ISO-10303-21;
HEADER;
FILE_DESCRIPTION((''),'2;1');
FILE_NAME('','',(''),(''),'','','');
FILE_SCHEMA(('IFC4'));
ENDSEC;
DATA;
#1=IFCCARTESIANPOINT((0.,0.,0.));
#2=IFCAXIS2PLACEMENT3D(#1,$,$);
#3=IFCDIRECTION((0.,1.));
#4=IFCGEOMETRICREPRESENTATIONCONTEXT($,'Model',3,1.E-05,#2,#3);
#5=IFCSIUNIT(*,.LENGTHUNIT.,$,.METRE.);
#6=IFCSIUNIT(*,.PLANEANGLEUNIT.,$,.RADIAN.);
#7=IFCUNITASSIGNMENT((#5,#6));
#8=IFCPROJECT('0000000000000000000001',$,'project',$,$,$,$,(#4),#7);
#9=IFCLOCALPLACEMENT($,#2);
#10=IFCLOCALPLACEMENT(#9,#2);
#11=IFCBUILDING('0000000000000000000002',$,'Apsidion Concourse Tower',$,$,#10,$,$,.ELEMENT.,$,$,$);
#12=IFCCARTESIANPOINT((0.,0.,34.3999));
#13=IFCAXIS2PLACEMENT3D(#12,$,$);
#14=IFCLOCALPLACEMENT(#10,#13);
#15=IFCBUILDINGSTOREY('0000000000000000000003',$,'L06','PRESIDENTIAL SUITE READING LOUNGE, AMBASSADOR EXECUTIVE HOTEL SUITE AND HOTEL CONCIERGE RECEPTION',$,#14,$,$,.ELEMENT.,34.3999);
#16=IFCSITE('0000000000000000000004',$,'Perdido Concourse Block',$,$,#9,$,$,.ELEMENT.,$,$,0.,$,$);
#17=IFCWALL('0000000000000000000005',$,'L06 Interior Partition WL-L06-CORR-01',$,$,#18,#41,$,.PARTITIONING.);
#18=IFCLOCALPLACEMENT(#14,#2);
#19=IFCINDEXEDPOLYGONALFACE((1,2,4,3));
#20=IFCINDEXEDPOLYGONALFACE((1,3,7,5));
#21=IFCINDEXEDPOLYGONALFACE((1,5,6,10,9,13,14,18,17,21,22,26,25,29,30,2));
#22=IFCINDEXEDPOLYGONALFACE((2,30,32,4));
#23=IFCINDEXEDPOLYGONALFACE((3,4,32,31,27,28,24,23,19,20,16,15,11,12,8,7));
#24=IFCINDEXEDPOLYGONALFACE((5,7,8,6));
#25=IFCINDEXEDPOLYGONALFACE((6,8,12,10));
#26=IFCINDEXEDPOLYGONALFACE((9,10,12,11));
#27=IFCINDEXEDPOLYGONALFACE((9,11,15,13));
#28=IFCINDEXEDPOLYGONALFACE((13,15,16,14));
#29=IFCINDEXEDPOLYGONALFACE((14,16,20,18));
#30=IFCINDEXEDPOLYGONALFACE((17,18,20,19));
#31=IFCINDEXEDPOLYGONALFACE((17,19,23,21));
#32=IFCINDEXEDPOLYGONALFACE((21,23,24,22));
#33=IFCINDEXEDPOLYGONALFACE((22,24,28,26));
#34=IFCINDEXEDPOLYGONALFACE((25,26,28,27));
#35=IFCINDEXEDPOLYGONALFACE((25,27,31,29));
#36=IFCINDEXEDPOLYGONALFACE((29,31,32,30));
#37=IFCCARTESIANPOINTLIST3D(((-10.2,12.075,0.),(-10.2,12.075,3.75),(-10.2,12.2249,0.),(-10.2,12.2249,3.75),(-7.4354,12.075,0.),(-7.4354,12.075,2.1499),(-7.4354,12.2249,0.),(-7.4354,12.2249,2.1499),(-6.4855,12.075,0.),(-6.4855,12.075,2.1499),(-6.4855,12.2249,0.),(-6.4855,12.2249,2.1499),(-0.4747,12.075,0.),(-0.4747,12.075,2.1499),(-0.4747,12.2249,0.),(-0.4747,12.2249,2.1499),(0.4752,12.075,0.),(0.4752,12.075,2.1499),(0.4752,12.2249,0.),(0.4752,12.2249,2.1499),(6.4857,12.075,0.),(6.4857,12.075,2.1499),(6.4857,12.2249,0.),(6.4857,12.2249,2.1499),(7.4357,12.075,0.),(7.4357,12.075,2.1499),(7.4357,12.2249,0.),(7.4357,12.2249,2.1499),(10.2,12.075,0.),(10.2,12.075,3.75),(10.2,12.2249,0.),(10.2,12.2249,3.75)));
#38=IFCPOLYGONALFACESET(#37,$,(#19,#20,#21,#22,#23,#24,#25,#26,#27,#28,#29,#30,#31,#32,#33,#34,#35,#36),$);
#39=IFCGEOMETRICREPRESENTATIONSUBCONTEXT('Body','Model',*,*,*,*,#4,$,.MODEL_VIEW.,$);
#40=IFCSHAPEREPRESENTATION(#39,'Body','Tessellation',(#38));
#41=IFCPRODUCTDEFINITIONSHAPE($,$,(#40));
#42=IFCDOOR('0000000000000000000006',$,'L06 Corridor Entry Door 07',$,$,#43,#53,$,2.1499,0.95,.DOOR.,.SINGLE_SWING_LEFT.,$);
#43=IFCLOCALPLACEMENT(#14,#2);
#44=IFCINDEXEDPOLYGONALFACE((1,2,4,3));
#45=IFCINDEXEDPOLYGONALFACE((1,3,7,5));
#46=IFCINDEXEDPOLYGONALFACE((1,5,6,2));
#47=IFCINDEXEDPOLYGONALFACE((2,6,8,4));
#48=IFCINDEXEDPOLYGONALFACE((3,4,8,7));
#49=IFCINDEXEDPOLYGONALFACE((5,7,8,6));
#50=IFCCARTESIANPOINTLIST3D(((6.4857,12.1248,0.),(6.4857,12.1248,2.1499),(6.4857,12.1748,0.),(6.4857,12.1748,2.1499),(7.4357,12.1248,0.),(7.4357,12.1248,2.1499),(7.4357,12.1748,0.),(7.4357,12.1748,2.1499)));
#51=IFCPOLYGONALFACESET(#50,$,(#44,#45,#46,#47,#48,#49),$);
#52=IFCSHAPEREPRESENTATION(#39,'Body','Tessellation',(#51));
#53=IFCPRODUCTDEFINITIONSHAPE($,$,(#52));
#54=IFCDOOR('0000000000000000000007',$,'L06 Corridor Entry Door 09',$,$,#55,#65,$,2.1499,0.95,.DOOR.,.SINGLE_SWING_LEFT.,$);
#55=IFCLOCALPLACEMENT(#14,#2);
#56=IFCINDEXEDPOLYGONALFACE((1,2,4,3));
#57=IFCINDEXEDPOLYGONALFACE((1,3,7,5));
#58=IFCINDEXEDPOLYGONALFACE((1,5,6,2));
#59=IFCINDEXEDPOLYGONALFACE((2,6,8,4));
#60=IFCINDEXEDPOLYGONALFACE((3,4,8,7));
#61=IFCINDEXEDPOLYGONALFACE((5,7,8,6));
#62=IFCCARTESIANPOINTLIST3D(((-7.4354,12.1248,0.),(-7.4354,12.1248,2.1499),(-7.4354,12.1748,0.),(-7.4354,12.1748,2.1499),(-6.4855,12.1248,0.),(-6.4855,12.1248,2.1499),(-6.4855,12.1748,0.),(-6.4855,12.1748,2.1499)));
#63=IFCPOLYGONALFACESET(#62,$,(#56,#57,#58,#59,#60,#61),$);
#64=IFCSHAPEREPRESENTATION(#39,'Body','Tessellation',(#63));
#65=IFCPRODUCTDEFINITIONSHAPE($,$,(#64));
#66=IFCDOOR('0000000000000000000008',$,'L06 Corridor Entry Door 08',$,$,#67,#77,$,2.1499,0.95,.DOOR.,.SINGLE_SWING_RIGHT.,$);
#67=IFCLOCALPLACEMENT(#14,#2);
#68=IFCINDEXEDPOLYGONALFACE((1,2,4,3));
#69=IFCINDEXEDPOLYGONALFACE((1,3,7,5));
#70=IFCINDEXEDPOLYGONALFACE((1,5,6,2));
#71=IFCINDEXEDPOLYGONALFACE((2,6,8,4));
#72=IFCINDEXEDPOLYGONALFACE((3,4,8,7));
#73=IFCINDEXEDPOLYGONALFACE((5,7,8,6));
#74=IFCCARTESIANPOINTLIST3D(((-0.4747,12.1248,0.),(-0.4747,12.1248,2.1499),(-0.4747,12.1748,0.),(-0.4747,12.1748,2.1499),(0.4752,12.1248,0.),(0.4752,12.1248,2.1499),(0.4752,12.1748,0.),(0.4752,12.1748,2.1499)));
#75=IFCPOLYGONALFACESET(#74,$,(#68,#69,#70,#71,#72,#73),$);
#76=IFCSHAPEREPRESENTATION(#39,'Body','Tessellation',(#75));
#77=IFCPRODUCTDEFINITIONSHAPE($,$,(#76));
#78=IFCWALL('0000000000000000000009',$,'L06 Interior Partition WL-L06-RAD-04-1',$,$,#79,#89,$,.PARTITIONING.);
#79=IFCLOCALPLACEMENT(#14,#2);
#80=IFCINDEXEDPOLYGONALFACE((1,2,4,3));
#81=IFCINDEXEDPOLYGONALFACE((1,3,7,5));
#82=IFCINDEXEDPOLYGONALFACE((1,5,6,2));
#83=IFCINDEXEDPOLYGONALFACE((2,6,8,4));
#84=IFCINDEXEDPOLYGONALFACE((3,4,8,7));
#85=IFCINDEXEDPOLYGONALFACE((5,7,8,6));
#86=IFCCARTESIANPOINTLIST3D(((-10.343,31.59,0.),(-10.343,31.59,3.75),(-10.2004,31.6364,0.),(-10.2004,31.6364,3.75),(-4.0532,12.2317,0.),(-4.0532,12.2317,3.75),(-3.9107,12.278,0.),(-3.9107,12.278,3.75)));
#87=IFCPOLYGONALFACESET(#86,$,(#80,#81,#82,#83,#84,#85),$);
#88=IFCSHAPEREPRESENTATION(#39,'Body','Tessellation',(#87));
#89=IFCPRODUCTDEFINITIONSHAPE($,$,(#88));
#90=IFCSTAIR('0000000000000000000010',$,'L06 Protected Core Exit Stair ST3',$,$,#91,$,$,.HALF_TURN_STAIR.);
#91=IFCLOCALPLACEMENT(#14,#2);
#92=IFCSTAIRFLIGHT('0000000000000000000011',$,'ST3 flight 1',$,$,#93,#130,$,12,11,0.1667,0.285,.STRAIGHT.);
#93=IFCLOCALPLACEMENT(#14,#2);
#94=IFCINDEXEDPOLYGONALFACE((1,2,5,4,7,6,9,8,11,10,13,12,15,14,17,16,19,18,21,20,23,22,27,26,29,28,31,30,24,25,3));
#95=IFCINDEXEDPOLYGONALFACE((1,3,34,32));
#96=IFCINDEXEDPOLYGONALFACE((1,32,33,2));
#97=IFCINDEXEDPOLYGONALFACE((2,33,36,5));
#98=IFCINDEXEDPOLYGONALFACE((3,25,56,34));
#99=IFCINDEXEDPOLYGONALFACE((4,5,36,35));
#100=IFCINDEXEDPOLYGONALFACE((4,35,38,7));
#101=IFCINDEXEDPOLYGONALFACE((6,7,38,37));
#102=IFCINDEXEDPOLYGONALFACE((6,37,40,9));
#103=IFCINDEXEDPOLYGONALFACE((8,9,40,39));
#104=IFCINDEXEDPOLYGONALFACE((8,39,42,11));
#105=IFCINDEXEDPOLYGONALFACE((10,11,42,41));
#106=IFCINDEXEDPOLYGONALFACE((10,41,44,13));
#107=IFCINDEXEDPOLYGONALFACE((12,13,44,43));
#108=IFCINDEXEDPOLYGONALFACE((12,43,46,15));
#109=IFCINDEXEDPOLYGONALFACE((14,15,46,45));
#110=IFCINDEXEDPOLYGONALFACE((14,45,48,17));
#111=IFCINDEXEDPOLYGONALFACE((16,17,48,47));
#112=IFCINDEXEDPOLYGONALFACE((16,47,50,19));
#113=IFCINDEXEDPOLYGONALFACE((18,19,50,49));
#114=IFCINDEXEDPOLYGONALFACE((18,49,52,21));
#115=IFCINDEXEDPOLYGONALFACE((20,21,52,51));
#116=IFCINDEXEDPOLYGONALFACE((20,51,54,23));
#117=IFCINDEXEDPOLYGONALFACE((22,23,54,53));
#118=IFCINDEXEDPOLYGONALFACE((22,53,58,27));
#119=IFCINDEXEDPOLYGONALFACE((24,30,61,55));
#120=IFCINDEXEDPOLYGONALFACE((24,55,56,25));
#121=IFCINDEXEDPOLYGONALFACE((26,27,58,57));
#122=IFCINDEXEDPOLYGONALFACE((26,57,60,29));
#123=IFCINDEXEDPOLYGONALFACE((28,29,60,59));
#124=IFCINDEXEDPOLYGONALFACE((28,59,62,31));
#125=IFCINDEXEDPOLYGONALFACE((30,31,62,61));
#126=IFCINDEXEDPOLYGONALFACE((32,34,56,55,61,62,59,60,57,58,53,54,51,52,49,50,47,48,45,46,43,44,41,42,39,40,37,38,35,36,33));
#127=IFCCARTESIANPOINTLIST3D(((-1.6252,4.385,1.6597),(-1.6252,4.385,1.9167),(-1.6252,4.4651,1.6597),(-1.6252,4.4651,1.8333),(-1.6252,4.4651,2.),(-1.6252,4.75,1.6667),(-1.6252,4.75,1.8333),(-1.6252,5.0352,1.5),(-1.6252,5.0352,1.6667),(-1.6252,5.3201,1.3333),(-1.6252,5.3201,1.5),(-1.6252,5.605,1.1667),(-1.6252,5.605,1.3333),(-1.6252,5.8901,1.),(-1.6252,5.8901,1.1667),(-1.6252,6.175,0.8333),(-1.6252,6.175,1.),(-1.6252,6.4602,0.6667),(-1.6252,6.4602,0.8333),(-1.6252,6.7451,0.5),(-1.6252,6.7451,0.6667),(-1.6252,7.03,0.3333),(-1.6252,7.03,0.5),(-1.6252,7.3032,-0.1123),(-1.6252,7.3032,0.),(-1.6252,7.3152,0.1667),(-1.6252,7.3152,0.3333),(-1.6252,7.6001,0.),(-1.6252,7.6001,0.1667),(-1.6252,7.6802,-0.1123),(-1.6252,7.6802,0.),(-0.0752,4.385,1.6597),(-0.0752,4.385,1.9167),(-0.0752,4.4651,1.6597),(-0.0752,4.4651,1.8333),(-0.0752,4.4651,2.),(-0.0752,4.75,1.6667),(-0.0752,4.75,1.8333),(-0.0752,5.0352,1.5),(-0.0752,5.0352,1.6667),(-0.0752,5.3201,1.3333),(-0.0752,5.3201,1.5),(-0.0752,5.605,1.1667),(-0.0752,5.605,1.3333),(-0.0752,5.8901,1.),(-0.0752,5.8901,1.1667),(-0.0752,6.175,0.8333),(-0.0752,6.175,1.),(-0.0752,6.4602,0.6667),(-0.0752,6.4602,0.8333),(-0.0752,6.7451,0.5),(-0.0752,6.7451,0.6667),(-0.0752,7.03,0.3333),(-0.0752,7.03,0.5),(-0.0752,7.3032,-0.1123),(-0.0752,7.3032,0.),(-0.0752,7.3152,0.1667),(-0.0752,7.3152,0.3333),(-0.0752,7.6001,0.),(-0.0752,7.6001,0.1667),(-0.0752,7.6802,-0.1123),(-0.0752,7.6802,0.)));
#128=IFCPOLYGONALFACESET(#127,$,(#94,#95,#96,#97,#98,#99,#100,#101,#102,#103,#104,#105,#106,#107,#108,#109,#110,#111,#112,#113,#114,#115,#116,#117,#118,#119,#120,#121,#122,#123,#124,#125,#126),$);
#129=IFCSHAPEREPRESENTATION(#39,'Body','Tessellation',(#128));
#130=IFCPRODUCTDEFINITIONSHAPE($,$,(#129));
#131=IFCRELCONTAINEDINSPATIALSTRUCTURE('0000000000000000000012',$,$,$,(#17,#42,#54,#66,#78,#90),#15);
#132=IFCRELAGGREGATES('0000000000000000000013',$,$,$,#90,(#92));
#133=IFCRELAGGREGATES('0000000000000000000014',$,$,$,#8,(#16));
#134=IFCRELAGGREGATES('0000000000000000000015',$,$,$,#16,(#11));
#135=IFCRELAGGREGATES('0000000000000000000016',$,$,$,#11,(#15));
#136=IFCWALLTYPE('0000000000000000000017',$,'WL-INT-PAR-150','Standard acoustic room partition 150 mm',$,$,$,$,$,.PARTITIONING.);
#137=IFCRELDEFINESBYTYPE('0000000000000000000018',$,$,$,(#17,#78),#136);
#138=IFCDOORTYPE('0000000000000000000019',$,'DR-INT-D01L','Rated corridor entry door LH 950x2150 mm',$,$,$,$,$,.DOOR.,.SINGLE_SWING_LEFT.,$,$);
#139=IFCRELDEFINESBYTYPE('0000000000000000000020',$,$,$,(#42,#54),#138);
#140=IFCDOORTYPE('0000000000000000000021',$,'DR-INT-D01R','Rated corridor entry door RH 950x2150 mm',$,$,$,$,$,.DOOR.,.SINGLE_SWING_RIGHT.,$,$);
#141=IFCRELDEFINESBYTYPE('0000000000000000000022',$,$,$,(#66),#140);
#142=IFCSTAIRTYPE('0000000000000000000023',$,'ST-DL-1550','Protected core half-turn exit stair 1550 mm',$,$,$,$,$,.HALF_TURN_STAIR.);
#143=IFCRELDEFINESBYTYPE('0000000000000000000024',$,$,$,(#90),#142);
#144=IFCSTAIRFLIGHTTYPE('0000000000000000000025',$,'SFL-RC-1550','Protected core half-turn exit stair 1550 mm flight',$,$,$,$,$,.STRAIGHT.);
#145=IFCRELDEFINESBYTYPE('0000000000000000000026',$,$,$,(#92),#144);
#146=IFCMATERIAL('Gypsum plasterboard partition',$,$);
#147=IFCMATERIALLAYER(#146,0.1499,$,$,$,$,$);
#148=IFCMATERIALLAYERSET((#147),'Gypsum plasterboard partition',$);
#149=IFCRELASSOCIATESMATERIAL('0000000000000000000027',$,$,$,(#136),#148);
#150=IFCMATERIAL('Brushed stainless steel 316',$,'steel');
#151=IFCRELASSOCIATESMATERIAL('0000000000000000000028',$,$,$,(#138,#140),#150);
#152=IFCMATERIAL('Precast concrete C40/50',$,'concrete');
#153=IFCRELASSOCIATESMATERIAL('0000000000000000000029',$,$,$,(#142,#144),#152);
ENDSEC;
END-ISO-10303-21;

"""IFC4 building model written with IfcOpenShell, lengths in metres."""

from ifc_helpers import new_model, si_unit, direction, frame, frame_2d, origin, place, context, subcontext, project, spatial, polyline, rectangle, outline, extrude, material, layer, layer_set, type_object, element, fill, aggregate, save


model = new_model("IFC4")

# Units and contexts
model_context = context("Model", 3, precision=1e-05, world=origin(), true_north=direction((0.0, 1.0)))
body_context = subcontext(model_context, "Body", "Model", "MODEL_VIEW")
ifc_project = project(units=[si_unit("LENGTHUNIT", "METRE"), si_unit("PLANEANGLEUNIT", "RADIAN")], contexts=[model_context])

# Site, building, storey
site_placement = place(None, origin())
site = spatial("IfcSite", under=ifc_project, at=site_placement, Name="Perdido Concourse Block", CompositionType="ELEMENT", RefElevation=0.0)
building_placement = place(site_placement, origin())
building = spatial("IfcBuilding", under=site, at=building_placement, Name="Apsidion Concourse Tower", CompositionType="ELEMENT")
storey_placement = place(building_placement, frame((0.0, 0.0, 34.3999)))
storey = spatial("IfcBuildingStorey", under=building, at=storey_placement, Name="L06", Description="PRESIDENTIAL SUITE READING LOUNGE, AMBASSADOR EXECUTIVE HOTEL SUITE AND HOTEL CONCIERGE RECEPTION", CompositionType="ELEMENT", Elevation=34.3999)

# Wall, openings, doors
ifc_material_1 = material(Name="Gypsum plasterboard partition")
ifc_layer_1 = layer(ifc_material_1, 0.1499)
ifc_layer_set_1 = layer_set([ifc_layer_1], Name="Gypsum plasterboard partition")
wall_type_1 = type_object("IfcWallType", Name="WL-INT-PAR-150", Description="Standard acoustic room partition 150 mm", PredefinedType="PARTITIONING", material=ifc_layer_set_1)
wall_1_placement = place(storey_placement, frame((-10.2, 12.1499, 0.0), z_axis=(0.0, 0.0, 1.0), x_axis=(1.0, 0.0, 0.0)))
wall_1 = element("IfcWall", 1, at=wall_1_placement, inside=storey, type_object=wall_type_1, Name="L06 Interior Partition WL-L06-CORR-01", PredefinedType="PARTITIONING", context=body_context, shape_type="SweptSolid", body=[
    extrude(rectangle(XDim=20.3999, YDim=0.1499, at=frame_2d((10.2, 0.0))), origin(), (0.0, 0.0, 1.0), 3.75),
])
opening_1_placement = place(wall_1_placement, frame((16.6855, 0.0, 0.0)))
opening_1 = element("IfcOpeningElement", 2, at=opening_1_placement, cuts=wall_1, PredefinedType="OPENING", context=body_context, shape_type="SweptSolid", body=[
    extrude(rectangle(XDim=0.95, YDim=2.1499, at=frame_2d((0.4751, 1.075))), frame((0.0, 0.085, 0.0), z_axis=(0.0, -1.0, 0.0), x_axis=(1.0, 0.0, 0.0)), (0.0, 0.0, 1.0), 0.1699),
])
opening_2_placement = place(wall_1_placement, frame((9.7251, 0.0, 0.0)))
opening_2 = element("IfcOpeningElement", 3, at=opening_2_placement, cuts=wall_1, PredefinedType="OPENING", context=body_context, shape_type="SweptSolid", body=[
    extrude(rectangle(XDim=0.95, YDim=2.1499, at=frame_2d((0.4751, 1.075))), frame((0.0, 0.085, 0.0), z_axis=(0.0, -1.0, 0.0), x_axis=(1.0, 0.0, 0.0)), (0.0, 0.0, 1.0), 0.1699),
])
opening_3_placement = place(wall_1_placement, frame((2.7644, 0.0, 0.0)))
opening_3 = element("IfcOpeningElement", 4, at=opening_3_placement, cuts=wall_1, PredefinedType="OPENING", context=body_context, shape_type="SweptSolid", body=[
    extrude(rectangle(XDim=0.95, YDim=2.1499, at=frame_2d((0.4751, 1.075))), frame((0.0, 0.085, 0.0), z_axis=(0.0, -1.0, 0.0), x_axis=(1.0, 0.0, 0.0)), (0.0, 0.0, 1.0), 0.1699),
])
ifc_material_2 = material(Name="Brushed stainless steel 316", Category="steel")
door_type_1 = type_object("IfcDoorType", Name="DR-INT-D01L", Description="Rated corridor entry door LH 950x2150 mm", OperationType="SINGLE_SWING_LEFT", PredefinedType="DOOR", material=ifc_material_2)
door_1_placement = place(opening_1_placement, origin())
door_1 = element("IfcDoor", 5, at=door_1_placement, inside=storey, type_object=door_type_1, Name="L06 Corridor Entry Door 07", OperationType="SINGLE_SWING_LEFT", OverallHeight=2.1499, OverallWidth=0.95, PredefinedType="DOOR", context=body_context, shape_type="SweptSolid", body=[
    extrude(rectangle(XDim=0.95, YDim=2.1499, at=frame_2d((0.4751, 1.075))), frame((0.0, 0.0249, 0.0), z_axis=(0.0, -1.0, 0.0), x_axis=(1.0, 0.0, 0.0)), (0.0, 0.0, 1.0), 0.05),
])
fill(opening_1, door_1)
door_2_placement = place(opening_3_placement, origin())
door_2 = element("IfcDoor", 6, at=door_2_placement, inside=storey, type_object=door_type_1, Name="L06 Corridor Entry Door 09", OperationType="SINGLE_SWING_LEFT", OverallHeight=2.1499, OverallWidth=0.95, PredefinedType="DOOR", context=body_context, shape_type="SweptSolid", body=[
    extrude(rectangle(XDim=0.95, YDim=2.1499, at=frame_2d((0.4751, 1.075))), frame((0.0, 0.0249, 0.0), z_axis=(0.0, -1.0, 0.0), x_axis=(1.0, 0.0, 0.0)), (0.0, 0.0, 1.0), 0.05),
])
fill(opening_3, door_2)
door_type_2 = type_object("IfcDoorType", Name="DR-INT-D01R", Description="Rated corridor entry door RH 950x2150 mm", OperationType="SINGLE_SWING_RIGHT", PredefinedType="DOOR", material=ifc_material_2)
door_3_placement = place(opening_2_placement, origin())
door_3 = element("IfcDoor", 7, at=door_3_placement, inside=storey, type_object=door_type_2, Name="L06 Corridor Entry Door 08", OperationType="SINGLE_SWING_RIGHT", OverallHeight=2.1499, OverallWidth=0.95, PredefinedType="DOOR", context=body_context, shape_type="SweptSolid", body=[
    extrude(rectangle(XDim=0.95, YDim=2.1499, at=frame_2d((0.4751, 1.075))), frame((0.0, 0.0249, 0.0), z_axis=(0.0, -1.0, 0.0), x_axis=(1.0, 0.0, 0.0)), (0.0, 0.0, 1.0), 0.05),
])
fill(opening_2, door_3)

# Wall
wall_2_placement = place(storey_placement, frame((-3.9819, 12.2549, 0.0), z_axis=(0.0, 0.0, 1.0), x_axis=(-0.309011, 0.951058, 0.0)))
element("IfcWall", 8, at=wall_2_placement, inside=storey, type_object=wall_type_1, Name="L06 Interior Partition WL-L06-RAD-04-1", PredefinedType="PARTITIONING", context=body_context, shape_type="SweptSolid", body=[
    extrude(rectangle(XDim=20.3545, YDim=0.1499, at=frame_2d((10.1772, 0.0))), origin(), (0.0, 0.0, 1.0), 3.75),
])

# Stair, stair flight
ifc_material_3 = material(Name="Precast concrete C40/50", Category="concrete")
stair_type = type_object("IfcStairType", Name="ST-DL-1550", Description="Protected core half-turn exit stair 1550 mm", PredefinedType="HALF_TURN_STAIR", material=ifc_material_3)
stair_placement = place(storey_placement, origin())
stair = element("IfcStair", 9, at=stair_placement, inside=storey, type_object=stair_type, Name="L06 Protected Core Exit Stair ST3", PredefinedType="HALF_TURN_STAIR")
stair_flight_type = type_object("IfcStairFlightType", Name="SFL-RC-1550", Description="Protected core half-turn exit stair 1550 mm flight", PredefinedType="STRAIGHT", material=ifc_material_3)
stair_flight_placement = place(storey_placement, frame((-0.8501, 7.6001, 0.0), z_axis=(0.0, 0.0, 1.0), x_axis=(0.0, -1.0, 0.0)))
stair_flight = element("IfcStairFlight", 10, at=stair_flight_placement, type_object=stair_flight_type, Name="ST3 flight 1", NumberOfRisers=12, NumberOfTreads=11, PredefinedType="STRAIGHT", RiserHeight=0.1667, TreadLength=0.285, context=body_context, shape_type="SweptSolid", body=[
    extrude(outline(polyline([(-0.0801, -0.1123), (-0.0801, 0.0), (0.0, 0.0), (0.0, 0.1667), (0.2849, 0.1667), (0.2849, 0.3333), (0.5701, 0.3333), (0.5701, 0.5), (0.855, 0.5), (0.855, 0.6667), (1.1399, 0.6667), (1.1399, 0.8333), (1.425, 0.8333), (1.425, 1.0), (1.71, 1.0), (1.71, 1.1667), (1.9951, 1.1667), (1.9951, 1.3333), (2.28, 1.3333), (2.28, 1.5), (2.5649, 1.5), (2.5649, 1.6667), (2.8501, 1.6667), (2.8501, 1.8333), (3.135, 1.8333), (3.135, 2.0), (3.2151, 1.9167), (3.2151, 1.6597), (3.135, 1.6597), (0.2969, 0.0), (0.2969, -0.1123), (-0.0801, -0.1123)])), frame((0.0, 0.7749, 0.0), z_axis=(0.0, -1.0, 0.0), x_axis=(1.0, 0.0, 0.0)), (0.0, 0.0, 1.0), 1.55),
])
aggregate(stair, [stair_flight])

save(model, "model.ifc")
